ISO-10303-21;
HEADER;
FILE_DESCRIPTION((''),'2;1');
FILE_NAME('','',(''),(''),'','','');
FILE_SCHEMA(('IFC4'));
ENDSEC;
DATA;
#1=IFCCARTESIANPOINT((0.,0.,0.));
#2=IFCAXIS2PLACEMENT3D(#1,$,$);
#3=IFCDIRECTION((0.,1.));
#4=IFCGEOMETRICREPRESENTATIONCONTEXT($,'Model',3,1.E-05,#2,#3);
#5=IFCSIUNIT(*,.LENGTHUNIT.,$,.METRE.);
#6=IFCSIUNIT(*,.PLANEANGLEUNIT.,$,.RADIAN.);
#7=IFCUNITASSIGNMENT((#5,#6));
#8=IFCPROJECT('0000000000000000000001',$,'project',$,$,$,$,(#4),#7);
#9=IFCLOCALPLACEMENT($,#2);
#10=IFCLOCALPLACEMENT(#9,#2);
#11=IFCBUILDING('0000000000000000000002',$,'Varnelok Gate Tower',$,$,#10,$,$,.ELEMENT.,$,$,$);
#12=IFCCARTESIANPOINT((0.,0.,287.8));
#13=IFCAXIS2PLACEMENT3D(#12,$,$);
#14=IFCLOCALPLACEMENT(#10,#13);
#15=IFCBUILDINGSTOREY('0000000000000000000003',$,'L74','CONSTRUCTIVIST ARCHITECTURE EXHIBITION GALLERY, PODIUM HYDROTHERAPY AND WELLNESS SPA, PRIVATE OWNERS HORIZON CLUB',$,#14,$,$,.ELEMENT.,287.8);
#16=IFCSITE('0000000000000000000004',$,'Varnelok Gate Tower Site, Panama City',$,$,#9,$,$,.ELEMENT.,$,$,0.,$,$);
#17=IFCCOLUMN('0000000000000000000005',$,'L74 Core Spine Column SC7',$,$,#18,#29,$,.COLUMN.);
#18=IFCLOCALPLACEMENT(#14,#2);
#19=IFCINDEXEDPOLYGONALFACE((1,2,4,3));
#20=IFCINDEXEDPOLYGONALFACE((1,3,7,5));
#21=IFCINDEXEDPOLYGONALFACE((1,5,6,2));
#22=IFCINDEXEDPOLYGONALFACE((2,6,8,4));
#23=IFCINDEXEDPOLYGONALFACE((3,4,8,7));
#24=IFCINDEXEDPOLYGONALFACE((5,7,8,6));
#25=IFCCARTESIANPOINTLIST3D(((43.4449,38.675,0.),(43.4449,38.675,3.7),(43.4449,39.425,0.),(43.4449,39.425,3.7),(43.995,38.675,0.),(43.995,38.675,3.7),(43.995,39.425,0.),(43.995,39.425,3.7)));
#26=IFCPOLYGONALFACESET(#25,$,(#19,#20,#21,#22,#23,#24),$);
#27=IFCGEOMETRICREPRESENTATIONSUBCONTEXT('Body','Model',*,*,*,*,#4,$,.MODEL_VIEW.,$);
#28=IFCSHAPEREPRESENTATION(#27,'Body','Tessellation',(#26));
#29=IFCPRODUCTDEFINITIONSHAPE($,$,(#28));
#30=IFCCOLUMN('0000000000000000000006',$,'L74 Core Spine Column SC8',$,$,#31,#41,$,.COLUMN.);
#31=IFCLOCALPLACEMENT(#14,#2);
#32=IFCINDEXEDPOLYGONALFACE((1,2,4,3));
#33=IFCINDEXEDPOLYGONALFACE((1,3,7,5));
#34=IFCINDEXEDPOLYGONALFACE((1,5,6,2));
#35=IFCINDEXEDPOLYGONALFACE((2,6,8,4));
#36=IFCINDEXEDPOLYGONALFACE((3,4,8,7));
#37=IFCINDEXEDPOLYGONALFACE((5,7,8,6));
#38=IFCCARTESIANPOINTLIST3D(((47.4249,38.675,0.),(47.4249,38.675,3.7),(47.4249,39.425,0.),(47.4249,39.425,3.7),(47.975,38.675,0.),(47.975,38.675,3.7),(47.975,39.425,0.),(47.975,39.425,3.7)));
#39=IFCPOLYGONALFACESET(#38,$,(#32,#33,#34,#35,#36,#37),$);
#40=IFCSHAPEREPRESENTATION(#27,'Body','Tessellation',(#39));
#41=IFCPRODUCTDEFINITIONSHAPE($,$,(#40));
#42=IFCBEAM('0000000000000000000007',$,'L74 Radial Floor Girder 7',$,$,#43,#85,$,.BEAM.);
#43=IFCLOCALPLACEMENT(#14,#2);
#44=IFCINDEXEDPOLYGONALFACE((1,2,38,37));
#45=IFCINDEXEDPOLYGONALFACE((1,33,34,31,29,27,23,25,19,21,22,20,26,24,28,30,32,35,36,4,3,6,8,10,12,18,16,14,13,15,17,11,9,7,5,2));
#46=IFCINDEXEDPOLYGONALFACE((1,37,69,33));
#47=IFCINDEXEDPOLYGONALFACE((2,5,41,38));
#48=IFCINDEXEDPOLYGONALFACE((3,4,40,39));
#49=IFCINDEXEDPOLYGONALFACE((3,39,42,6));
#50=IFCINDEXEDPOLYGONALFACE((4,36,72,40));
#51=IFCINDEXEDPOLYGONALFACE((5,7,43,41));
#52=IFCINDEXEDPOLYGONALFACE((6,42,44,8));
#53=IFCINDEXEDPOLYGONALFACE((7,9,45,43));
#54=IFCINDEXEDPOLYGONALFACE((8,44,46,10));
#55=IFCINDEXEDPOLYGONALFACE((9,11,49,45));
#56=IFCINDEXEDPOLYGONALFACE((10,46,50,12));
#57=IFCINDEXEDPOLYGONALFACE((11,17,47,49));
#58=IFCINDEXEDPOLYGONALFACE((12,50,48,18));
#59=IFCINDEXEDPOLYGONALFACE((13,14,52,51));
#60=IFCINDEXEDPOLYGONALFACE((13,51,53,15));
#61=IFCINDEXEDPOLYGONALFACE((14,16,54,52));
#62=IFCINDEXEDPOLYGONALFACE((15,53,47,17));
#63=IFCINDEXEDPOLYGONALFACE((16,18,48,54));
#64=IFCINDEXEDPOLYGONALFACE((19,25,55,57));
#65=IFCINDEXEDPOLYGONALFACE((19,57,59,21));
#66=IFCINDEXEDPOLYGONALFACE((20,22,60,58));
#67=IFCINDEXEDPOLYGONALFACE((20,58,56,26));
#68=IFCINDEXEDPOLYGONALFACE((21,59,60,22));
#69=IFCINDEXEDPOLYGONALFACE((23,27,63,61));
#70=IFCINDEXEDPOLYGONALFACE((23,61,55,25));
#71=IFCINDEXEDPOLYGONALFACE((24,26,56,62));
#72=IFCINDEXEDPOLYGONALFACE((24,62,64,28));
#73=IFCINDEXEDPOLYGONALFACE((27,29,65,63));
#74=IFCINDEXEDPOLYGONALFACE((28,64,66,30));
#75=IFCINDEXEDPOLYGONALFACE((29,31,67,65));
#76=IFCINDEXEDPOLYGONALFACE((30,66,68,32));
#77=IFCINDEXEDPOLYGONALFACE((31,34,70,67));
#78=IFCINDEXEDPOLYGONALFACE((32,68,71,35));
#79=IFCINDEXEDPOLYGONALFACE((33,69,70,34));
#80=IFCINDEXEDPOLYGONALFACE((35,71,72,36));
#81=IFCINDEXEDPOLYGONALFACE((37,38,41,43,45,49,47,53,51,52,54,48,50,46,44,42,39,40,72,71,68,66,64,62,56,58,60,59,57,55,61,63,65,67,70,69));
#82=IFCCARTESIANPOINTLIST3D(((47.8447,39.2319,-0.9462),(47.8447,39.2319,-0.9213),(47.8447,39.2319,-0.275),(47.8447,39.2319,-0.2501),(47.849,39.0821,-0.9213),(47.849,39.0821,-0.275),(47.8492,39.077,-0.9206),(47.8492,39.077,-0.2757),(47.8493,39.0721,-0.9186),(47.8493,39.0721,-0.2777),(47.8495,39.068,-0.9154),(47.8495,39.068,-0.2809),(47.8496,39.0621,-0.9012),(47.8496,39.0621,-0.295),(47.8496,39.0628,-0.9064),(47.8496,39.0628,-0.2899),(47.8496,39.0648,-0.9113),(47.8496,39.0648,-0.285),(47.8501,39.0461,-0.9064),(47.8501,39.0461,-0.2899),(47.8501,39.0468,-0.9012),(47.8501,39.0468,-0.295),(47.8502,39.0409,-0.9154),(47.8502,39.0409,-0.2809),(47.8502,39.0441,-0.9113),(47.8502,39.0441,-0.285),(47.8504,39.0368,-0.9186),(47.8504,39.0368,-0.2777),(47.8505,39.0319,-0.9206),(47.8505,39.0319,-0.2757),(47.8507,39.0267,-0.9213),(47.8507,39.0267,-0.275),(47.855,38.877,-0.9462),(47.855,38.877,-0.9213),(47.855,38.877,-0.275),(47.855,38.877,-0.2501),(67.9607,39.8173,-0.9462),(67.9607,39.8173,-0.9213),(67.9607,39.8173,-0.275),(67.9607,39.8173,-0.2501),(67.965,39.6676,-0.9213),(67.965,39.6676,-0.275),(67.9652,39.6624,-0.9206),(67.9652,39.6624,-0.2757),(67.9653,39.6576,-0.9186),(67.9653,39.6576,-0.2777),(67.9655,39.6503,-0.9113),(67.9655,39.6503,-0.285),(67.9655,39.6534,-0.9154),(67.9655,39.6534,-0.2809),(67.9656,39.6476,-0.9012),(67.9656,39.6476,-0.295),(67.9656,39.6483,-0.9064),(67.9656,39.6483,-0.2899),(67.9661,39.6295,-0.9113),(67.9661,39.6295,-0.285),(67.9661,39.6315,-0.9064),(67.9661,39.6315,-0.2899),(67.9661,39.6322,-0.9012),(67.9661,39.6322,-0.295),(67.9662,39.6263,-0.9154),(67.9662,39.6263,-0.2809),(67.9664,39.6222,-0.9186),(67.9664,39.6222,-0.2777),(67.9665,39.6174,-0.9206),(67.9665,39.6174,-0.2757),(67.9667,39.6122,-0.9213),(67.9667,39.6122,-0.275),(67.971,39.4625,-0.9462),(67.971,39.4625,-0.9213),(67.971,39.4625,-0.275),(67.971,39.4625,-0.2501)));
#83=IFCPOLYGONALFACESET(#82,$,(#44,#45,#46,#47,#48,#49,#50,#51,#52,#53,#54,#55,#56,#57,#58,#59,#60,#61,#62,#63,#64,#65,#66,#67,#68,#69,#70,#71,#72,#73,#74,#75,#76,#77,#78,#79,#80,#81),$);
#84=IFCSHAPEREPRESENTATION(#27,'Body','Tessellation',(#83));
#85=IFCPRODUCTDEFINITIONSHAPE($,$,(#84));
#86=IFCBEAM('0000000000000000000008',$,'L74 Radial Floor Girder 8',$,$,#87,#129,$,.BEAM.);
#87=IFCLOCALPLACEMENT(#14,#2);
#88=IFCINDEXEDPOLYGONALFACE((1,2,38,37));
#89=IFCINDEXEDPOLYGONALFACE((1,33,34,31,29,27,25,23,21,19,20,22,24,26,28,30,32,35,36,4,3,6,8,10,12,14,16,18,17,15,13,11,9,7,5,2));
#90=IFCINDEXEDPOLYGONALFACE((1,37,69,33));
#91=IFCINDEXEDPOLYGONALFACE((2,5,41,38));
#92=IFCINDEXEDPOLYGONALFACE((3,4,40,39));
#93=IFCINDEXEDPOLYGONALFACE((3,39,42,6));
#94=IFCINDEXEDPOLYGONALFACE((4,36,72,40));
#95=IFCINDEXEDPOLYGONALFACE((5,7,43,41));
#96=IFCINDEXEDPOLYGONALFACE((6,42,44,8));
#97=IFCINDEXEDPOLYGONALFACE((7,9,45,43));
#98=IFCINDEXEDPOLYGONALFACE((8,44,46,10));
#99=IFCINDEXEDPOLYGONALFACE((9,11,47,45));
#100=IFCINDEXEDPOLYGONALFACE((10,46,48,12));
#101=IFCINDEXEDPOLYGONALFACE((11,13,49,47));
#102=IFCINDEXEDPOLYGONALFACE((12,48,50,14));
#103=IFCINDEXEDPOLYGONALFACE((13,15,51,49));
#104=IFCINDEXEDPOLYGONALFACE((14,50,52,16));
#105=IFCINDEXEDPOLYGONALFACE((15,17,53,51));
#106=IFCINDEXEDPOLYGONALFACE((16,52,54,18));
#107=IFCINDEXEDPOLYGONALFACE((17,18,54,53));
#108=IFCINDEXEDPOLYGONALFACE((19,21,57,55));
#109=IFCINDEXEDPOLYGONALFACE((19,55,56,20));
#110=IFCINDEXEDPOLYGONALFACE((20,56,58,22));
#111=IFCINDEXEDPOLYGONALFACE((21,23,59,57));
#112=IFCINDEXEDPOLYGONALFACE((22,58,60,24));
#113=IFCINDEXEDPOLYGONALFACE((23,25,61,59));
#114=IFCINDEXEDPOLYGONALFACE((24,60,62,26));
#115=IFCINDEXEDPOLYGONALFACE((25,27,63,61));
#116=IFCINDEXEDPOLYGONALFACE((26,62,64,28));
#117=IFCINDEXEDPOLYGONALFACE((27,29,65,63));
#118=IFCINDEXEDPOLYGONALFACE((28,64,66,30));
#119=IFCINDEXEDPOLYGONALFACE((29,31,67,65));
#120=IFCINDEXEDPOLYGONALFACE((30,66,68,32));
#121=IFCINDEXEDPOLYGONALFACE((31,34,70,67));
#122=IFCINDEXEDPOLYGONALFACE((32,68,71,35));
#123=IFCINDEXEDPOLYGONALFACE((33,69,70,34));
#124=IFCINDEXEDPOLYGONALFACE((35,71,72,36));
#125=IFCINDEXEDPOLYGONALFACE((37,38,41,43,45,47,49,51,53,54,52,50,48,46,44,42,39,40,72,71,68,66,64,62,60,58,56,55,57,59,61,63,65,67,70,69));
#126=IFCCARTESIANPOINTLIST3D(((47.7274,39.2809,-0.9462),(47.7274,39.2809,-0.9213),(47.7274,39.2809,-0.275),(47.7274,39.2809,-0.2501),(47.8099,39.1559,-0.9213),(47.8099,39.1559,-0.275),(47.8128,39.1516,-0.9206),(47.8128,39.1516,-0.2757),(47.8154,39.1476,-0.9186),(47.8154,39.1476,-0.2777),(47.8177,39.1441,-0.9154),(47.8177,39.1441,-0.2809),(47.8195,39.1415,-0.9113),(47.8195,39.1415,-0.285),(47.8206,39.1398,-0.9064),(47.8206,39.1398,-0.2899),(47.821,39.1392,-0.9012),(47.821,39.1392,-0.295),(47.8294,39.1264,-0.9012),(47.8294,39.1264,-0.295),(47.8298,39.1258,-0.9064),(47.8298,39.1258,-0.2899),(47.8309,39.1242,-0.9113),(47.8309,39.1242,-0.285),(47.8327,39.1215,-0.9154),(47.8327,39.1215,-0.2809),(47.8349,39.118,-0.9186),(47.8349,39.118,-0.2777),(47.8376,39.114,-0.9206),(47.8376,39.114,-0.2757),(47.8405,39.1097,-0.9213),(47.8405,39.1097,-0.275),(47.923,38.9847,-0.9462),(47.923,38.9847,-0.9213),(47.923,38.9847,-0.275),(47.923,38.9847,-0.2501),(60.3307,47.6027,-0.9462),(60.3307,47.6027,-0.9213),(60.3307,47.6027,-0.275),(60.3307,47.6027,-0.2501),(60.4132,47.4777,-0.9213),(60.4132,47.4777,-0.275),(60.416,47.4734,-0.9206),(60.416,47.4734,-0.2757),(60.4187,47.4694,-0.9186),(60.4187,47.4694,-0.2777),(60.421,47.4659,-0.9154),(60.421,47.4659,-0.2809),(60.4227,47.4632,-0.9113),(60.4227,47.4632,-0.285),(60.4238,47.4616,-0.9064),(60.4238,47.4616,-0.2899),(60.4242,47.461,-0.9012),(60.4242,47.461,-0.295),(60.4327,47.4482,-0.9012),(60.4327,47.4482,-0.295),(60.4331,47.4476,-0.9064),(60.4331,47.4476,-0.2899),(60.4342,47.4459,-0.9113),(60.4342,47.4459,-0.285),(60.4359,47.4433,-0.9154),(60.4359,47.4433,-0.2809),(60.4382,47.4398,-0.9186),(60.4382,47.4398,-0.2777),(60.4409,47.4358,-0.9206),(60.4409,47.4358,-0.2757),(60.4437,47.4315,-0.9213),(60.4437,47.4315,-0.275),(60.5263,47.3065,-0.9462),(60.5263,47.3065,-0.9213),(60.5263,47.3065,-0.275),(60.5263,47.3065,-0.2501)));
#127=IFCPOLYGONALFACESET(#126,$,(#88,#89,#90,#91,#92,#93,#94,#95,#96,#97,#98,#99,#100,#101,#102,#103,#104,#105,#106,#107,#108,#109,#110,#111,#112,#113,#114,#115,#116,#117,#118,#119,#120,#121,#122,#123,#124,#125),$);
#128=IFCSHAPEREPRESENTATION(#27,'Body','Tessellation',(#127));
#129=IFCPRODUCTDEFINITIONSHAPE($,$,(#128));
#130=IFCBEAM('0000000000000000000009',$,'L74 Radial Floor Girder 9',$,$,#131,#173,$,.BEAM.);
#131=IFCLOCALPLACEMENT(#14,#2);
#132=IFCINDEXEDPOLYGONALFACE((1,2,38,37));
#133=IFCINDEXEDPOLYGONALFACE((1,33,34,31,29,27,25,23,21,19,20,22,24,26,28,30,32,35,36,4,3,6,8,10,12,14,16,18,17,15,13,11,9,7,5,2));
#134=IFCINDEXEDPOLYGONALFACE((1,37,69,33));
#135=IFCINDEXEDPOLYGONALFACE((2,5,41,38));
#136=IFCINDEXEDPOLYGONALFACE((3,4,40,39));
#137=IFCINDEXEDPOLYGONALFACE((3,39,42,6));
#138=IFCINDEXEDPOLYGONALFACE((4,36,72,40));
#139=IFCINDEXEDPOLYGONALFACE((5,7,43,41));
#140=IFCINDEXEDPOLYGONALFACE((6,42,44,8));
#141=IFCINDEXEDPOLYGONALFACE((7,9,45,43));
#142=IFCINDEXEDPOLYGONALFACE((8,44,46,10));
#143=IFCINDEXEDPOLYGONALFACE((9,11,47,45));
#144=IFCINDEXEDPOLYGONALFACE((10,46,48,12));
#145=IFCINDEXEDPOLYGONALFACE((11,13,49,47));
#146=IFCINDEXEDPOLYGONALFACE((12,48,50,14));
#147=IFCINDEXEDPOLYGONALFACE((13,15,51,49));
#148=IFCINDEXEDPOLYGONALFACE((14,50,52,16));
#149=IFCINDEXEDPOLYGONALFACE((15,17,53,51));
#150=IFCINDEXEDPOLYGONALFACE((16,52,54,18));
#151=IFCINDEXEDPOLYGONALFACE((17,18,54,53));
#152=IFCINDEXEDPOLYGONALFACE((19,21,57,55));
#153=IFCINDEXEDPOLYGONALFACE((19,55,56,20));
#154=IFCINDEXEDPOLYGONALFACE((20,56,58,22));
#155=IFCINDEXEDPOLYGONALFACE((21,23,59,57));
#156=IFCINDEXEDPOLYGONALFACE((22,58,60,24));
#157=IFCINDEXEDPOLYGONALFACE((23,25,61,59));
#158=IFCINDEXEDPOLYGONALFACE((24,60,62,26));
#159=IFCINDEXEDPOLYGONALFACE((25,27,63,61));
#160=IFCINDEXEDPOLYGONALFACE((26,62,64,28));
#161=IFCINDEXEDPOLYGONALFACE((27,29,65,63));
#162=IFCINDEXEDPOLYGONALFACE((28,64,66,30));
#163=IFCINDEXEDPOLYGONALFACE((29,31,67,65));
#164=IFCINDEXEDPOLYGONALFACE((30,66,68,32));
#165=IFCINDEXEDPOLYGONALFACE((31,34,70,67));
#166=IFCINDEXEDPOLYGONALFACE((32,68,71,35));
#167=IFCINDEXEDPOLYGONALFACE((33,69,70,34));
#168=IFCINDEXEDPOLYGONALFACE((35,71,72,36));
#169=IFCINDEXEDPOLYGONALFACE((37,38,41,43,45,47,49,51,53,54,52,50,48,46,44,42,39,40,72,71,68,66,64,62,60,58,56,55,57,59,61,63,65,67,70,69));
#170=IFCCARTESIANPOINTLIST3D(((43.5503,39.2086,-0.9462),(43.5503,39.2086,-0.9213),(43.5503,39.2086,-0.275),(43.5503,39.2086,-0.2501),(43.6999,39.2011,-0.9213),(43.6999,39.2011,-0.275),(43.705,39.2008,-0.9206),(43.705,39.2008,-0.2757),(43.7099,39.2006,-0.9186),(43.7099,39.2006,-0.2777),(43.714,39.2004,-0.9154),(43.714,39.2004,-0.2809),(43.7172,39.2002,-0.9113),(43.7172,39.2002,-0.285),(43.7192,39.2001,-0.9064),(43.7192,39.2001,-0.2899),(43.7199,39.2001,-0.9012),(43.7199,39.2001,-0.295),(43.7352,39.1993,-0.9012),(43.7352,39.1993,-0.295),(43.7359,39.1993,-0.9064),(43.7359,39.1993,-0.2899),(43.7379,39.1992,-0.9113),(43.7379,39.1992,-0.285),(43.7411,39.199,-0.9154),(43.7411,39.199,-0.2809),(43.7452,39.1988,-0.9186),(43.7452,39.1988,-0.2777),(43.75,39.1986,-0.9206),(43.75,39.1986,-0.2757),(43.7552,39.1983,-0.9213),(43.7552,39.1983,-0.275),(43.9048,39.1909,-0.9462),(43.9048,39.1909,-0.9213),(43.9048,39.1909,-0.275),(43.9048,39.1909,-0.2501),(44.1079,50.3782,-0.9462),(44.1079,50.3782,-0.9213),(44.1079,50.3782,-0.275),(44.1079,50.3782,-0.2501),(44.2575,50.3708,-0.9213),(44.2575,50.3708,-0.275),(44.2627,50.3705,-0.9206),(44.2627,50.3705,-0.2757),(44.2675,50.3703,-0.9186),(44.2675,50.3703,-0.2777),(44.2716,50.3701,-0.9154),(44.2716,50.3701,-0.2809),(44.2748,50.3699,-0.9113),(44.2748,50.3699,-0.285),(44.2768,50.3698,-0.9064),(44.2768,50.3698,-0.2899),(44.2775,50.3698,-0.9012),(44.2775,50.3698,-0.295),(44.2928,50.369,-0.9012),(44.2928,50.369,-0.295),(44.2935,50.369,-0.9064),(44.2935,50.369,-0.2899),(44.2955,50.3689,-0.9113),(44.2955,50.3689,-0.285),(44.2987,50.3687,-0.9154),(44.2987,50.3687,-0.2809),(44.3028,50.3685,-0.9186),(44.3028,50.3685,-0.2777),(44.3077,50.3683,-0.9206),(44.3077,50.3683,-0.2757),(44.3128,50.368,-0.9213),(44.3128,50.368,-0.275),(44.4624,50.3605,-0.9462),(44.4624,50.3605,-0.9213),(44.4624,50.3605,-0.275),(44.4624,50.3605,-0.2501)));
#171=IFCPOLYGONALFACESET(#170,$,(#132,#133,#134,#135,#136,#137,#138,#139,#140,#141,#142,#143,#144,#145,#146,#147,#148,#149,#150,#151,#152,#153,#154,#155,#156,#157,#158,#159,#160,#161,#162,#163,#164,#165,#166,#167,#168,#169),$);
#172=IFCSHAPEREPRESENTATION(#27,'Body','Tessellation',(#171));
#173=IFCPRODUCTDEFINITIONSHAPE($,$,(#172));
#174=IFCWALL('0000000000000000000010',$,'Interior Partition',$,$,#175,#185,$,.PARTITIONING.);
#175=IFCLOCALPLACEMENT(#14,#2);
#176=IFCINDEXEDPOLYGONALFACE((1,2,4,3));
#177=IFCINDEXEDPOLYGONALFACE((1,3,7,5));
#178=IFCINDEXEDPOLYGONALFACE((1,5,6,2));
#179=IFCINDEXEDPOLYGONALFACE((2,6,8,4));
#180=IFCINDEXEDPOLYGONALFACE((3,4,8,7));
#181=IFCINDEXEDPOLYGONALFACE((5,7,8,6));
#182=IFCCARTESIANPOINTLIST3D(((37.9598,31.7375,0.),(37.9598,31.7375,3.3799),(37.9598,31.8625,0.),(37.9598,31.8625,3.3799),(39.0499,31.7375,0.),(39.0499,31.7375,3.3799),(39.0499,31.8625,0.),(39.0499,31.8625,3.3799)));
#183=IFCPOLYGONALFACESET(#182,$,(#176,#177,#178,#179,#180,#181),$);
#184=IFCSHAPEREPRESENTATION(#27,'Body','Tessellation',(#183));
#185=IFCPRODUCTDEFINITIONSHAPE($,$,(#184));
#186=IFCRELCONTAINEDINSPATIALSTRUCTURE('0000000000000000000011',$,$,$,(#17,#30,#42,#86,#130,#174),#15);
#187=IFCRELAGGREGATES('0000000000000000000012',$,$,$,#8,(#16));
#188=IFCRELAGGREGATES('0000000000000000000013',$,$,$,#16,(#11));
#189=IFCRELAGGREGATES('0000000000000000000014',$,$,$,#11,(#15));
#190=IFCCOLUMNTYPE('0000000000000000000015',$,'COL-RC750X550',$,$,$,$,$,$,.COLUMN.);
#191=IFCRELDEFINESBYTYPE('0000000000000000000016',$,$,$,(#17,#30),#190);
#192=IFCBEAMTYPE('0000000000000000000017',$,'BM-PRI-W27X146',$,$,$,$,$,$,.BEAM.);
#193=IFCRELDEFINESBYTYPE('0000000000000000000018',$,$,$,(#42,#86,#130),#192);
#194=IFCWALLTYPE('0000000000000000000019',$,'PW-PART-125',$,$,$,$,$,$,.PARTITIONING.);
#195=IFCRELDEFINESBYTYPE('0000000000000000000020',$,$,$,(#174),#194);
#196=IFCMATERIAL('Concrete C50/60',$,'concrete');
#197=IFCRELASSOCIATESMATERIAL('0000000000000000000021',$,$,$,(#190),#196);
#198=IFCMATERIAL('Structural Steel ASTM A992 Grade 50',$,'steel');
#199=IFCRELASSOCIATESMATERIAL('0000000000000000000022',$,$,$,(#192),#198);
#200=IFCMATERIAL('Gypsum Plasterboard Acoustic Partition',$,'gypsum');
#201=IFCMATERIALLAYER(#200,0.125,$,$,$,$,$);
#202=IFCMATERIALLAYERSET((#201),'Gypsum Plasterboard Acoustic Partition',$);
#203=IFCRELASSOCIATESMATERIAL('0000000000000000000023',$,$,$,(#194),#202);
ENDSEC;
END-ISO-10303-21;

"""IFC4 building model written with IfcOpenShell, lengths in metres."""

from ifc_helpers import new_model, si_unit, direction, frame, frame_2d, origin, origin_2d, place, context, subcontext, project, spatial, rectangle, i_section, extrude, material, layer, layer_set, material_profile, profile_set, type_object, element, save


model = new_model("IFC4")

# Units and contexts
model_context = context("Model", 3, precision=1e-05, world=origin(), true_north=direction((0.0, 1.0)))
body_context = subcontext(model_context, "Body", "Model", "MODEL_VIEW")
ifc_project = project(units=[si_unit("LENGTHUNIT", "METRE"), si_unit("PLANEANGLEUNIT", "RADIAN")], contexts=[model_context])

# Site, building, storey
site_placement = place(None, origin())
site = spatial("IfcSite", under=ifc_project, at=site_placement, Name="Varnelok Gate Tower Site, Panama City", CompositionType="ELEMENT", RefElevation=0.0)
building_placement = place(site_placement, origin())
building = spatial("IfcBuilding", under=site, at=building_placement, Name="Varnelok Gate Tower", CompositionType="ELEMENT")
storey_placement = place(building_placement, frame((0.0, 0.0, 287.8)))
storey = spatial("IfcBuildingStorey", under=building, at=storey_placement, Name="L74", Description="CONSTRUCTIVIST ARCHITECTURE EXHIBITION GALLERY, PODIUM HYDROTHERAPY AND WELLNESS SPA, PRIVATE OWNERS HORIZON CLUB", CompositionType="ELEMENT", Elevation=287.8)

# Columns
ifc_material_1 = material(Name="Concrete C50/60", Category="concrete")
ifc_material_profile_1 = material_profile(ifc_material_1, rectangle(XDim=0.55, YDim=0.75, at=origin_2d()), Name="RC750X550")
ifc_profile_set_1 = profile_set([ifc_material_profile_1], Name="Concrete C50/60")
column_type = type_object("IfcColumnType", Name="COL-RC750X550", PredefinedType="COLUMN", material=ifc_profile_set_1)
for number, where, z_axis, x_axis, name in (
    (1, (43.72, 39.05, 0.0), (0.0, 0.0, 1.0), (1.0, 0.0, 0.0), "L74 Core Spine Column SC7"),
    (2, (47.7, 39.05, 0.0), (0.0, 0.0, 1.0), (1.0, 0.0, 0.0), "L74 Core Spine Column SC8"),
):
    element("IfcColumn", number, at=place(storey_placement, frame(where, z_axis=z_axis, x_axis=x_axis)), inside=storey, type_object=column_type, Name=name, PredefinedType="COLUMN", context=body_context, shape_type="SweptSolid", body=[
        extrude(rectangle(XDim=0.55, YDim=0.75, at=origin_2d()), origin(), (0.0, 0.0, 1.0), 3.7),
    ])

# Beams
ifc_material_2 = material(Name="Structural Steel ASTM A992 Grade 50", Category="steel")
ifc_material_profile_2 = material_profile(ifc_material_2, i_section(OverallWidth=0.355, OverallDepth=0.696, WebThickness=0.0154, FlangeThickness=0.0249, FilletRadius=0.02, at=origin_2d()), Name="W27X146")
ifc_profile_set_2 = profile_set([ifc_material_profile_2], Name="Structural Steel ASTM A992 Grade 50")
beam_type = type_object("IfcBeamType", Name="BM-PRI-W27X146", PredefinedType="BEAM", material=ifc_profile_set_2)
beam_1_placement = place(storey_placement, frame((47.8499, 39.0544, -0.5981), z_axis=(0.999577, 0.029091, 0.0), x_axis=(-0.029091, 0.999577, 0.0)))
element("IfcBeam", 3, at=beam_1_placement, inside=storey, type_object=beam_type, Name="L74 Radial Floor Girder 7", PredefinedType="BEAM", context=body_context, shape_type="SweptSolid", body=[
    extrude(i_section(OverallWidth=0.355, OverallDepth=0.696, WebThickness=0.0154, FlangeThickness=0.0249, FilletRadius=0.02, at=origin_2d()), origin(), (0.0, 0.0, 1.0), 20.1245),
])
beam_2_placement = place(storey_placement, frame((47.8252, 39.1328, -0.5981), z_axis=(0.834499, 0.551009, 0.0), x_axis=(-0.551009, 0.834499, 0.0)))
element("IfcBeam", 4, at=beam_2_placement, inside=storey, type_object=beam_type, Name="L74 Radial Floor Girder 8", PredefinedType="BEAM", context=body_context, shape_type="SweptSolid", body=[
    extrude(i_section(OverallWidth=0.355, OverallDepth=0.696, WebThickness=0.0154, FlangeThickness=0.0249, FilletRadius=0.02, at=origin_2d()), origin(), (0.0, 0.0, 1.0), 15.1028),
])
beam_3_placement = place(storey_placement, frame((43.7275, 39.1997, -0.5981), z_axis=(0.04986, 0.998756, 0.0), x_axis=(-0.998756, 0.04986, 0.0)))
element("IfcBeam", 5, at=beam_3_placement, inside=storey, type_object=beam_type, Name="L74 Radial Floor Girder 9", PredefinedType="BEAM", context=body_context, shape_type="SweptSolid", body=[
    extrude(i_section(OverallWidth=0.355, OverallDepth=0.696, WebThickness=0.0154, FlangeThickness=0.0249, FilletRadius=0.02, at=origin_2d()), origin(), (0.0, 0.0, 1.0), 11.1836),
])

# Wall
ifc_material_3 = material(Name="Gypsum Plasterboard Acoustic Partition", Category="gypsum")
ifc_layer_1 = layer(ifc_material_3, 0.125)
ifc_layer_set_1 = layer_set([ifc_layer_1], Name="Gypsum Plasterboard Acoustic Partition")
wall_type_1 = type_object("IfcWallType", Name="PW-PART-125", PredefinedType="PARTITIONING", material=ifc_layer_set_1)
wall_1_placement = place(storey_placement, frame((37.96, 31.8, 0.0), z_axis=(0.0, 0.0, 1.0), x_axis=(1.0, 0.0, 0.0)))
element("IfcWall", 6, at=wall_1_placement, inside=storey, type_object=wall_type_1, Name="Interior Partition", PredefinedType="PARTITIONING", context=body_context, shape_type="SweptSolid", body=[
    extrude(rectangle(XDim=1.0901, YDim=0.125, at=frame_2d((0.5449, 0.0))), origin(), (0.0, 0.0, 1.0), 3.3799),
])

save(model, "model.ifc")
